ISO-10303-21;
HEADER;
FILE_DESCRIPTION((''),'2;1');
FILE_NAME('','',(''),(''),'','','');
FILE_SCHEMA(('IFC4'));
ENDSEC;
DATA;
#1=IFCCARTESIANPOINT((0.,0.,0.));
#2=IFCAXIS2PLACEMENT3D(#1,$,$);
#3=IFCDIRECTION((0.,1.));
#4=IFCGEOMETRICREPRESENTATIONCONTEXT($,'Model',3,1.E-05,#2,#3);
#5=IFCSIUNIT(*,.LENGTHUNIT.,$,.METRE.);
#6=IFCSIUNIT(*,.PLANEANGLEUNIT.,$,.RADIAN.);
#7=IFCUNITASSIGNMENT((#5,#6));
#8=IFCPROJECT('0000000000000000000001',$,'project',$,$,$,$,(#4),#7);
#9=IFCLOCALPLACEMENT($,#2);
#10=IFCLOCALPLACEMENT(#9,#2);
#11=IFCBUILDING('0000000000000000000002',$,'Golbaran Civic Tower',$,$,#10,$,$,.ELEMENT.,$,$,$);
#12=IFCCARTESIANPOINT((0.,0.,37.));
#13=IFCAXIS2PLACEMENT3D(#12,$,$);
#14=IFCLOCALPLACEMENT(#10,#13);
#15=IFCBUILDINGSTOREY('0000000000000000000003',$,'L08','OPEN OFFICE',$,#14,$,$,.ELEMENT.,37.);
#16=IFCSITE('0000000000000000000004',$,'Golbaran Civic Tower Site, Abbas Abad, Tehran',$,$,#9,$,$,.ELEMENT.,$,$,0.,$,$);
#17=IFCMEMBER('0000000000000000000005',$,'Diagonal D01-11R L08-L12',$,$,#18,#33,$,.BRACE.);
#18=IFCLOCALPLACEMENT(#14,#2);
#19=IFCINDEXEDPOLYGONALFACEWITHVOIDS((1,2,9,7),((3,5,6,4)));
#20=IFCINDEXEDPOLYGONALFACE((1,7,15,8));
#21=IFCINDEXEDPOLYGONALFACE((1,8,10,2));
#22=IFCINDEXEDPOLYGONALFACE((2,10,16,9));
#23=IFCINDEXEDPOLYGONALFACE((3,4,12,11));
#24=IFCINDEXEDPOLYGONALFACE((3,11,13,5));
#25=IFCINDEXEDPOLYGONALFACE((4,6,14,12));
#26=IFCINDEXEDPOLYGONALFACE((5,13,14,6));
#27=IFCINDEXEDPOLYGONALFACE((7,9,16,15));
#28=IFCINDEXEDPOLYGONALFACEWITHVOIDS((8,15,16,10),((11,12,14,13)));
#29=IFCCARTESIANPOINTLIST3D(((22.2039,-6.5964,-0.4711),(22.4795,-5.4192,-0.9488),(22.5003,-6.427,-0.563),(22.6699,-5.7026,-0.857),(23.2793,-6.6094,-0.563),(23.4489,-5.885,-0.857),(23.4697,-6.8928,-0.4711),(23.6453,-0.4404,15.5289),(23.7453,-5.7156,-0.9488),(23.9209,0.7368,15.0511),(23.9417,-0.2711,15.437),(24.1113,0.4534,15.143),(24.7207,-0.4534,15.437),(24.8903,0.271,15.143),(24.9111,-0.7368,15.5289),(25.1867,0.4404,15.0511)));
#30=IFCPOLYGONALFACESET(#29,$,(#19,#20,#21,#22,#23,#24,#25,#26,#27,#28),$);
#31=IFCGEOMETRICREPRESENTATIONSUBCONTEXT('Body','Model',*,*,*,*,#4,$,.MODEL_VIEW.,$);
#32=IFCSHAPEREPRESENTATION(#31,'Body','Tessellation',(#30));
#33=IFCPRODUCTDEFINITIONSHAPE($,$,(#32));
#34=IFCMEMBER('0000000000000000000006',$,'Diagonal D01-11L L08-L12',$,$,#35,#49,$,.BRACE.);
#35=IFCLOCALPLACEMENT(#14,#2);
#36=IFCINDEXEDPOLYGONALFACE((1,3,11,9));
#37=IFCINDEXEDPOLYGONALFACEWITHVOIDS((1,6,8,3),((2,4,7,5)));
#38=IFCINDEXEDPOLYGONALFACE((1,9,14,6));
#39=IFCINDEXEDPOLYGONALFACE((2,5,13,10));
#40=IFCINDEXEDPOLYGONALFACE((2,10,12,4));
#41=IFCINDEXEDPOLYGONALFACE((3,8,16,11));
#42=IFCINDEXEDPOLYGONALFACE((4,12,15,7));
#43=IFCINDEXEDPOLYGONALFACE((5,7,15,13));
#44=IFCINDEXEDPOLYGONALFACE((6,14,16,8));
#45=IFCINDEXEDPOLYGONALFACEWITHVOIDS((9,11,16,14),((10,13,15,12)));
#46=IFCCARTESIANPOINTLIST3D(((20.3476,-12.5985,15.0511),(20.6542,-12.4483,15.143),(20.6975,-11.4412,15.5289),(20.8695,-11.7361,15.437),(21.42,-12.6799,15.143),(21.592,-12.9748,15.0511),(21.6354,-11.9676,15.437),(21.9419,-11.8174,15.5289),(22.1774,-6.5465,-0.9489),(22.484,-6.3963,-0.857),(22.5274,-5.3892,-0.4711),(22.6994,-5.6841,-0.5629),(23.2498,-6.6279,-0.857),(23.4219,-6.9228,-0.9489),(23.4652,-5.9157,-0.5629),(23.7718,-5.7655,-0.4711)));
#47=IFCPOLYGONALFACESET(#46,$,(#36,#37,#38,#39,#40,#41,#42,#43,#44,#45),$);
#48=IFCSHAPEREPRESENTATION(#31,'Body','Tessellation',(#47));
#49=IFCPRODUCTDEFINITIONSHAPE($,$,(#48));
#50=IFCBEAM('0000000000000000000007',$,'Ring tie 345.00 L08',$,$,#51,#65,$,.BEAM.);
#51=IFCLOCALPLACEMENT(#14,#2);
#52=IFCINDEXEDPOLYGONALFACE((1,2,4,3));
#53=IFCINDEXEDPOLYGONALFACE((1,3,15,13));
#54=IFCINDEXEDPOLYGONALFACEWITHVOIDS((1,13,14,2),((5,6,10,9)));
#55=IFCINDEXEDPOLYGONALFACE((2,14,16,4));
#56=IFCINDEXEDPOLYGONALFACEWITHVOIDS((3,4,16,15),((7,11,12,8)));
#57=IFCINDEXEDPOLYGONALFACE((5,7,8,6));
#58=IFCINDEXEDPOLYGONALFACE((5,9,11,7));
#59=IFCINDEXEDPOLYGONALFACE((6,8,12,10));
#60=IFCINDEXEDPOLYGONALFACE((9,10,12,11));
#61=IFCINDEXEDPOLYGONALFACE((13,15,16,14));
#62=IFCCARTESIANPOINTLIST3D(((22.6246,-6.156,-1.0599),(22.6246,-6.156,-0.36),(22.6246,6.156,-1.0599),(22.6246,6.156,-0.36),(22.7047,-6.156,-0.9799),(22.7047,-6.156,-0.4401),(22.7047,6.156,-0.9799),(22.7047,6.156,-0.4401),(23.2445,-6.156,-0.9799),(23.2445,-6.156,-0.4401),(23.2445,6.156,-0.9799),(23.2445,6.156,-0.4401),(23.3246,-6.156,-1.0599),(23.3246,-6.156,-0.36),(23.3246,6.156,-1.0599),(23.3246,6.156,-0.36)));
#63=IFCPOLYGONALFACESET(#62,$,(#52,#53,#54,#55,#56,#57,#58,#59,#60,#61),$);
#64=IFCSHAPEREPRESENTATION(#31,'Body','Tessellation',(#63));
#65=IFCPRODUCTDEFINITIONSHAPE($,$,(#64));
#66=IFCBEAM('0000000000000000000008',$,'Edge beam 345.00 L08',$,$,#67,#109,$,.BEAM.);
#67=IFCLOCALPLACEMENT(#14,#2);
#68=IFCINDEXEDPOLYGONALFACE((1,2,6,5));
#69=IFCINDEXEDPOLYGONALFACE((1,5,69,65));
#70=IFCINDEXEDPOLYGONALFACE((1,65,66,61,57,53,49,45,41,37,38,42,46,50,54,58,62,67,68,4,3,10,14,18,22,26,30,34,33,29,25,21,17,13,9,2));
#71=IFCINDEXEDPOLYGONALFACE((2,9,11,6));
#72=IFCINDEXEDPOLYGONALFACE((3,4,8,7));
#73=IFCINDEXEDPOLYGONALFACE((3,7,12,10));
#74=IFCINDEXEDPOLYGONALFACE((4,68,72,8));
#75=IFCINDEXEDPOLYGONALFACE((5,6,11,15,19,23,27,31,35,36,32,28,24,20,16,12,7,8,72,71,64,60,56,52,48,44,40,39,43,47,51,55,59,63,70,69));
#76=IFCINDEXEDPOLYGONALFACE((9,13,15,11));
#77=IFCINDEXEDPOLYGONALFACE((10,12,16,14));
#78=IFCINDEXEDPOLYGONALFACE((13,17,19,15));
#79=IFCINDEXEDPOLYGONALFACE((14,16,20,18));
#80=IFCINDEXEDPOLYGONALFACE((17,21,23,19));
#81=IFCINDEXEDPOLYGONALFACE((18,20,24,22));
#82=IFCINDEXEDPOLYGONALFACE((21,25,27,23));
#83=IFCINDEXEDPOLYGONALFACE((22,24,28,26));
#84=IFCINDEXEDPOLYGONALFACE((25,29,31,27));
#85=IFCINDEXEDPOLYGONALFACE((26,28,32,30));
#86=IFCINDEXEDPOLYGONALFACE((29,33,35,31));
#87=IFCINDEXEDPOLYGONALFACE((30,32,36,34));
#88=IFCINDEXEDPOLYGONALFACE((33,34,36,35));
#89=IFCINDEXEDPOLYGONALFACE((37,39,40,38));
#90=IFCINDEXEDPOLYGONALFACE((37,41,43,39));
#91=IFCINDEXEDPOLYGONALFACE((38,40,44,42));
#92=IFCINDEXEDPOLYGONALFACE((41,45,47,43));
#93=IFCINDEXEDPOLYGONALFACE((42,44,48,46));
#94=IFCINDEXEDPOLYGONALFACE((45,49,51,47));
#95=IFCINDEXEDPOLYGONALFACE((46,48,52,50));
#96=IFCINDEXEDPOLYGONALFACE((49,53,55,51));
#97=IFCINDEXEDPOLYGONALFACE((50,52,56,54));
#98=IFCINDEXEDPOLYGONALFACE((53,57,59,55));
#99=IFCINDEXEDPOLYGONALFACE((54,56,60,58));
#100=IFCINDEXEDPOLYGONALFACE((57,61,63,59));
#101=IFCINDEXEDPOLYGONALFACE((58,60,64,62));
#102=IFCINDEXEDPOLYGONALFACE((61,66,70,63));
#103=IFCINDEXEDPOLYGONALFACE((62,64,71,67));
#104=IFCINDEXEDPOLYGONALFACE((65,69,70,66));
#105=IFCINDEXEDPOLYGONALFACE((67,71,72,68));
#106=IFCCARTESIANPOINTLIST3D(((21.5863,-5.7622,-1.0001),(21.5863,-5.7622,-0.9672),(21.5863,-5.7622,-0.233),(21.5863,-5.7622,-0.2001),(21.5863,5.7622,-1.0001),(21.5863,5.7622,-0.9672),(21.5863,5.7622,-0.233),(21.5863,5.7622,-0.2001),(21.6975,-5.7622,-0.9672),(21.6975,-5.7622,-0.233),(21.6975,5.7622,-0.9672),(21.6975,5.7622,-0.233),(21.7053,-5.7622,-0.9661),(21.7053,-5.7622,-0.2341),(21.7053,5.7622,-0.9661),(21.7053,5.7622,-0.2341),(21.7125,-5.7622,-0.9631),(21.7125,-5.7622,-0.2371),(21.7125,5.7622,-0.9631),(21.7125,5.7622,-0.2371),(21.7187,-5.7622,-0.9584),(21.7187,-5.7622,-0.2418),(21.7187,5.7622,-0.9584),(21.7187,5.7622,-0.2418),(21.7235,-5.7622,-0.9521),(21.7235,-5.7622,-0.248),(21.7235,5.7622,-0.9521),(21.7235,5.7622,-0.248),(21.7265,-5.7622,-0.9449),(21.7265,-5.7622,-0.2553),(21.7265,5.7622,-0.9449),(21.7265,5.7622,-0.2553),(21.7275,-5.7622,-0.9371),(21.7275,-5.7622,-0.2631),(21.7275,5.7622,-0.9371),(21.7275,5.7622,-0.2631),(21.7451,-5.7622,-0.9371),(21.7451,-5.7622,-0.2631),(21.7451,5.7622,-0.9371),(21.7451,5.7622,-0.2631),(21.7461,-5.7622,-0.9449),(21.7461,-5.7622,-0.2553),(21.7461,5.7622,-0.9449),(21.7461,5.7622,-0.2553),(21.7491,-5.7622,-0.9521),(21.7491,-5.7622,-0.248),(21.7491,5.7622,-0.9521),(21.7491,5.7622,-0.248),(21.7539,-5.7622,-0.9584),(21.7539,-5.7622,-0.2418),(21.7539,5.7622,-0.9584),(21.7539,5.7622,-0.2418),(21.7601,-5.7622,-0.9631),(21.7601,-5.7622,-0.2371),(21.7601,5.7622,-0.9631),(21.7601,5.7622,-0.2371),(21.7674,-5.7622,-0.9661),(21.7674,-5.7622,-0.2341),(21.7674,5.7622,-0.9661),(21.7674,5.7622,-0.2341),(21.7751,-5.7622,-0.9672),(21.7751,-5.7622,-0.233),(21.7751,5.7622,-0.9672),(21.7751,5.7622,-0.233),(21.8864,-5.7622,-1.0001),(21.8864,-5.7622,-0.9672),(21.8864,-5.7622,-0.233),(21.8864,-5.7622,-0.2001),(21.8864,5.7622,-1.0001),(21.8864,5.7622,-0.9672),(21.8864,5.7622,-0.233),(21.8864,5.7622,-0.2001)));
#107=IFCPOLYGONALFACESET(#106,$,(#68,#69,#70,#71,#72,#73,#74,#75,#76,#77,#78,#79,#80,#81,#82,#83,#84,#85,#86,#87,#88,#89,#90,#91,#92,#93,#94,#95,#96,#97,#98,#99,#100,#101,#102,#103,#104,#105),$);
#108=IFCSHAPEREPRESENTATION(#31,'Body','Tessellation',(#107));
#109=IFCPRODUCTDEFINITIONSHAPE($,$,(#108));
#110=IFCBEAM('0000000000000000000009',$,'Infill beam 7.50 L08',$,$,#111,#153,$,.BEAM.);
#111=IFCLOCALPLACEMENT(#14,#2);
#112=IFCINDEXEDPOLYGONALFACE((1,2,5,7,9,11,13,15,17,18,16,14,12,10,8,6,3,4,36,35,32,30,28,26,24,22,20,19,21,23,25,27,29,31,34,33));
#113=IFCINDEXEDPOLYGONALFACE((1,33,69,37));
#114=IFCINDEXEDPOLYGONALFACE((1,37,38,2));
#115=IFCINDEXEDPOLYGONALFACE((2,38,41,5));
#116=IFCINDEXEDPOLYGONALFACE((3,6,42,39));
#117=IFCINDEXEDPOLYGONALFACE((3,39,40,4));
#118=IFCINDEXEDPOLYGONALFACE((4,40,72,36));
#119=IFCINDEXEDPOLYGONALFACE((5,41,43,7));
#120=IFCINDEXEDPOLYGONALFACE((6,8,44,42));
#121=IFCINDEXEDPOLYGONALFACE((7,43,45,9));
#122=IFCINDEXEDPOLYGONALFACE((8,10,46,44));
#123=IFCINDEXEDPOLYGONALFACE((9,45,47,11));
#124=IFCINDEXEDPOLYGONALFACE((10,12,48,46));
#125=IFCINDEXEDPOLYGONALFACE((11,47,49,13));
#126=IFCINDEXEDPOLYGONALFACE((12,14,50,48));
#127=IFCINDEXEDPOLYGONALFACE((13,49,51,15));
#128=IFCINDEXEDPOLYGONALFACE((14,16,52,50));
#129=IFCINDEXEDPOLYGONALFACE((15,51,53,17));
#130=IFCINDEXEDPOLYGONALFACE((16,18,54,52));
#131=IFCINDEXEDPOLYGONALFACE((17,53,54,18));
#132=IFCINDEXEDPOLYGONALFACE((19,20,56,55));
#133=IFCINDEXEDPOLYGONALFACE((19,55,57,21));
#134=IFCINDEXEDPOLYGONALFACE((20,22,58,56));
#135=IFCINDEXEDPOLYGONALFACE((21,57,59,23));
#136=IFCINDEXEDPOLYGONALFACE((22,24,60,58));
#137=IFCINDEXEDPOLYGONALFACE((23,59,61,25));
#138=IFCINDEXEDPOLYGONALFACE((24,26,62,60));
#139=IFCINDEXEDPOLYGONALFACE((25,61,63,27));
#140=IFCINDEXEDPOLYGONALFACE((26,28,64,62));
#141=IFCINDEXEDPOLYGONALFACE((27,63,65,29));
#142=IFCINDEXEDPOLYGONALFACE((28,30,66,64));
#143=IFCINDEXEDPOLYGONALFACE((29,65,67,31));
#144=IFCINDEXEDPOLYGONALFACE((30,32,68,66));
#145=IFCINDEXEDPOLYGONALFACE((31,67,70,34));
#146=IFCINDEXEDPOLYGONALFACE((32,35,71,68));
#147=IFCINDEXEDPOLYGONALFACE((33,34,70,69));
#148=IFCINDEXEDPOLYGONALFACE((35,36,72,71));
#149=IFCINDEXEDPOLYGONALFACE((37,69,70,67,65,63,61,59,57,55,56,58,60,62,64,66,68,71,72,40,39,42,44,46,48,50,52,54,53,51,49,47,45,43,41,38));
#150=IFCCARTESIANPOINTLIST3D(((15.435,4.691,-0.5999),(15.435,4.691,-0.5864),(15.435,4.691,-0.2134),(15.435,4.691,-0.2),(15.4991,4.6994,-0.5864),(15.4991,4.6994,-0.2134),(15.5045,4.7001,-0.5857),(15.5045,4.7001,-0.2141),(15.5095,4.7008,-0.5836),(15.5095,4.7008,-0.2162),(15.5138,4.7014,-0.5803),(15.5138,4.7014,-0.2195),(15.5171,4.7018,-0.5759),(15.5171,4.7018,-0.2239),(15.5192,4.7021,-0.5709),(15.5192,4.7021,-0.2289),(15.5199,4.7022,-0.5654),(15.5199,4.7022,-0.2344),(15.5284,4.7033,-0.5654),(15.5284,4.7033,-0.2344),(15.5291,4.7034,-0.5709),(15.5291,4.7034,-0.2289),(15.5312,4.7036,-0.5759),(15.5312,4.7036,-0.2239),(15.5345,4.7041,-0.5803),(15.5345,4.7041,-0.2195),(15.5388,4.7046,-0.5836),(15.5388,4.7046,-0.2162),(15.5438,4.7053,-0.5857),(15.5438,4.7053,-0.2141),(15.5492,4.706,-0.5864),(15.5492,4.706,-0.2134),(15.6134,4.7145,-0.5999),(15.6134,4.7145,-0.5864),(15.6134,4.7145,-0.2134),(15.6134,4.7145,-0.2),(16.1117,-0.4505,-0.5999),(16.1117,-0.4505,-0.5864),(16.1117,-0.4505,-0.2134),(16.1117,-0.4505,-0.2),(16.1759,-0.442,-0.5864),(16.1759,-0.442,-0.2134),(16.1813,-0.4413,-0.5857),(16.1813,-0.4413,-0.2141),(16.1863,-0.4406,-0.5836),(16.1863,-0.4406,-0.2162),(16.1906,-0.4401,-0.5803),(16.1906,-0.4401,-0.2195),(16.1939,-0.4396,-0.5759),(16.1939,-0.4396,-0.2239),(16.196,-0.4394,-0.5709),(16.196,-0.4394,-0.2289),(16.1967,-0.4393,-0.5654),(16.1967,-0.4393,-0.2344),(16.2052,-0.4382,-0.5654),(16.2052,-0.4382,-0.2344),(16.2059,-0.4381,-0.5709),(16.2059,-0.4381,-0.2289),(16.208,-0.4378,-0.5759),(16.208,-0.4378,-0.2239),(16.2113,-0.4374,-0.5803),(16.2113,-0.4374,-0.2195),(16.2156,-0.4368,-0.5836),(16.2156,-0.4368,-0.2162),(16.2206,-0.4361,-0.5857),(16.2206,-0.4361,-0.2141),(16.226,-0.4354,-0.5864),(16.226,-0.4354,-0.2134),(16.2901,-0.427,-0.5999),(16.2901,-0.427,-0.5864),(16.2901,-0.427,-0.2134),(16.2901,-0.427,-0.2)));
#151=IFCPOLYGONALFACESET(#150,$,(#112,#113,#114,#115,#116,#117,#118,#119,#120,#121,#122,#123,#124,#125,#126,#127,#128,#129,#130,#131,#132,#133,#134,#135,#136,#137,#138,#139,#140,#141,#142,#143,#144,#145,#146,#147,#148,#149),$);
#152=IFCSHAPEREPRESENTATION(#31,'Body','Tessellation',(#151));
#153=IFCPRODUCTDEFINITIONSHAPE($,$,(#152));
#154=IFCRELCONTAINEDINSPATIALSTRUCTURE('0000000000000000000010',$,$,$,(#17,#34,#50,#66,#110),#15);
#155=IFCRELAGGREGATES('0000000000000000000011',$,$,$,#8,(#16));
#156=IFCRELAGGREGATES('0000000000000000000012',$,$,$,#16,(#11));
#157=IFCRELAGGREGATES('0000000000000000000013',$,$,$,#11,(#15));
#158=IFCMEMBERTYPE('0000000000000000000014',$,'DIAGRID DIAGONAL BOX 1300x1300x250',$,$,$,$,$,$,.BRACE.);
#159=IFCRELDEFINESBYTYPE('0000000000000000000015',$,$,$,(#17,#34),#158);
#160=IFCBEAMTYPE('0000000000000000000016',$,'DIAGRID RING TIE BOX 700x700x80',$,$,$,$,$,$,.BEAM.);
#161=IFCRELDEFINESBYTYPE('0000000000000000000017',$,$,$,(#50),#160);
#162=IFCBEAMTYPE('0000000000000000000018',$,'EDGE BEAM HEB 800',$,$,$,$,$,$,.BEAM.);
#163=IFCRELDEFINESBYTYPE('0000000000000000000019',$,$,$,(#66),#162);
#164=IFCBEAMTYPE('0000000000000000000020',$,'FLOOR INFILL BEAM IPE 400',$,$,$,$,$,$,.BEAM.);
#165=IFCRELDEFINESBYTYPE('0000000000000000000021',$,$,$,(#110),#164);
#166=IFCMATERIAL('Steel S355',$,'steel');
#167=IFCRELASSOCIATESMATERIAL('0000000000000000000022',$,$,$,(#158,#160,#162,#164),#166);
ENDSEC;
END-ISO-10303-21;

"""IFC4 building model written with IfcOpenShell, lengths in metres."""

from ifc_helpers import new_model, si_unit, direction, frame, origin, origin_2d, place, context, subcontext, project, spatial, hollow_rectangle, i_section, extrude, material, material_profile, profile_set, type_object, element, save


model = new_model("IFC4")

# Units and contexts
model_context = context("Model", 3, precision=1e-05, world=origin(), true_north=direction((0.0, 1.0)))
body_context = subcontext(model_context, "Body", "Model", "MODEL_VIEW")
ifc_project = project(units=[si_unit("LENGTHUNIT", "METRE"), si_unit("PLANEANGLEUNIT", "RADIAN")], contexts=[model_context])

# Site, building, storey
site_placement = place(None, origin())
site = spatial("IfcSite", under=ifc_project, at=site_placement, Name="Golbaran Civic Tower Site, Abbas Abad, Tehran", CompositionType="ELEMENT", RefElevation=0.0)
building_placement = place(site_placement, origin())
building = spatial("IfcBuilding", under=site, at=building_placement, Name="Golbaran Civic Tower", CompositionType="ELEMENT")
storey_placement = place(building_placement, frame((0.0, 0.0, 37.0)))
storey = spatial("IfcBuildingStorey", under=building, at=storey_placement, Name="L08", Description="OPEN OFFICE", CompositionType="ELEMENT", Elevation=37.0)

# Members
ifc_material_1 = material(Name="Steel S355", Category="steel")
ifc_material_profile_1 = material_profile(ifc_material_1, hollow_rectangle(XDim=1.3, YDim=1.3, WallThickness=0.25, at=origin_2d()), Name="BOX 1300x1300x250")
ifc_profile_set_1 = profile_set([ifc_material_profile_1], Name="Steel S355")
member_type_1 = type_object("IfcMemberType", Name="DIAGRID DIAGONAL BOX 1300x1300x250", PredefinedType="BRACE", material=ifc_profile_set_1)
for number, where, z_axis, x_axis, name in (
    (1, (22.9746, -6.156, -0.71), (0.083784, 0.357826, 0.930022), (-0.973666, 0.22798, 0.0), "Diagonal D01-11R L08-L12"),
    (2, (22.9746, -6.156, -0.71), (-0.106361, -0.35178, 0.93002), (0.957204, -0.289413, 0.0), "Diagonal D01-11L L08-L12"),
):
    element("IfcMember", number, at=place(storey_placement, frame(where, z_axis=z_axis, x_axis=x_axis)), inside=storey, type_object=member_type_1, Name=name, PredefinedType="BRACE", context=body_context, shape_type="SweptSolid", body=[
        extrude(hollow_rectangle(XDim=1.3, YDim=1.3, WallThickness=0.25, at=origin_2d()), origin(), (0.0, 0.0, 1.0), 17.2039),
    ])

# Beams
ifc_material_profile_2 = material_profile(ifc_material_1, hollow_rectangle(XDim=0.7, YDim=0.7, WallThickness=0.0801, at=origin_2d()), Name="BOX 700x700x80")
ifc_profile_set_2 = profile_set([ifc_material_profile_2], Name="Steel S355")
beam_type_1 = type_object("IfcBeamType", Name="DIAGRID RING TIE BOX 700x700x80", PredefinedType="BEAM", material=ifc_profile_set_2)
beam_1_placement = place(storey_placement, frame((22.9746, -6.156, -0.71), z_axis=(0.0, 1.0, 0.0), x_axis=(-1.0, 0.0, 0.0)))
element("IfcBeam", 3, at=beam_1_placement, inside=storey, type_object=beam_type_1, Name="Ring tie 345.00 L08", PredefinedType="BEAM", context=body_context, shape_type="SweptSolid", body=[
    extrude(hollow_rectangle(XDim=0.7, YDim=0.7, WallThickness=0.0801, at=origin_2d()), origin(), (0.0, 0.0, 1.0), 12.312),
])
ifc_material_profile_3 = material_profile(ifc_material_1, i_section(OverallWidth=0.3, OverallDepth=0.8, WebThickness=0.0176, FlangeThickness=0.033, FilletRadius=0.03, at=origin_2d()), Name="HEB 800")
ifc_profile_set_3 = profile_set([ifc_material_profile_3], Name="Steel S355")
beam_type_2 = type_object("IfcBeamType", Name="EDGE BEAM HEB 800", PredefinedType="BEAM", material=ifc_profile_set_3)
beam_2_placement = place(storey_placement, frame((21.7363, -5.7622, -0.6001), z_axis=(0.0, 1.0, 0.0), x_axis=(-1.0, 0.0, 0.0)))
element("IfcBeam", 4, at=beam_2_placement, inside=storey, type_object=beam_type_2, Name="Edge beam 345.00 L08", PredefinedType="BEAM", context=body_context, shape_type="SweptSolid", body=[
    extrude(i_section(OverallWidth=0.3, OverallDepth=0.8, WebThickness=0.0176, FlangeThickness=0.033, FilletRadius=0.03, at=origin_2d()), origin(), (0.0, 0.0, 1.0), 11.5244),
])
ifc_material_profile_4 = material_profile(ifc_material_1, i_section(OverallWidth=0.1799, OverallDepth=0.3999, WebThickness=0.0085, FlangeThickness=0.0134, FilletRadius=0.021, at=origin_2d()), Name="IPE 400")
ifc_profile_set_4 = profile_set([ifc_material_profile_4], Name="Steel S355")
beam_type_3 = type_object("IfcBeamType", Name="FLOOR INFILL BEAM IPE 400", PredefinedType="BEAM", material=ifc_profile_set_4)
beam_3_placement = place(storey_placement, frame((16.2009, -0.4387, -0.3999), z_axis=(-0.130504, 0.991448, 0.0), x_axis=(-0.991448, -0.130504, 0.0)))
element("IfcBeam", 5, at=beam_3_placement, inside=storey, type_object=beam_type_3, Name="Infill beam 7.50 L08", PredefinedType="BEAM", context=body_context, shape_type="SweptSolid", body=[
    extrude(i_section(OverallWidth=0.1799, OverallDepth=0.3999, WebThickness=0.0085, FlangeThickness=0.0134, FilletRadius=0.021, at=origin_2d()), origin(), (0.0, 0.0, 1.0), 5.1858),
])

save(model, "model.ifc")
